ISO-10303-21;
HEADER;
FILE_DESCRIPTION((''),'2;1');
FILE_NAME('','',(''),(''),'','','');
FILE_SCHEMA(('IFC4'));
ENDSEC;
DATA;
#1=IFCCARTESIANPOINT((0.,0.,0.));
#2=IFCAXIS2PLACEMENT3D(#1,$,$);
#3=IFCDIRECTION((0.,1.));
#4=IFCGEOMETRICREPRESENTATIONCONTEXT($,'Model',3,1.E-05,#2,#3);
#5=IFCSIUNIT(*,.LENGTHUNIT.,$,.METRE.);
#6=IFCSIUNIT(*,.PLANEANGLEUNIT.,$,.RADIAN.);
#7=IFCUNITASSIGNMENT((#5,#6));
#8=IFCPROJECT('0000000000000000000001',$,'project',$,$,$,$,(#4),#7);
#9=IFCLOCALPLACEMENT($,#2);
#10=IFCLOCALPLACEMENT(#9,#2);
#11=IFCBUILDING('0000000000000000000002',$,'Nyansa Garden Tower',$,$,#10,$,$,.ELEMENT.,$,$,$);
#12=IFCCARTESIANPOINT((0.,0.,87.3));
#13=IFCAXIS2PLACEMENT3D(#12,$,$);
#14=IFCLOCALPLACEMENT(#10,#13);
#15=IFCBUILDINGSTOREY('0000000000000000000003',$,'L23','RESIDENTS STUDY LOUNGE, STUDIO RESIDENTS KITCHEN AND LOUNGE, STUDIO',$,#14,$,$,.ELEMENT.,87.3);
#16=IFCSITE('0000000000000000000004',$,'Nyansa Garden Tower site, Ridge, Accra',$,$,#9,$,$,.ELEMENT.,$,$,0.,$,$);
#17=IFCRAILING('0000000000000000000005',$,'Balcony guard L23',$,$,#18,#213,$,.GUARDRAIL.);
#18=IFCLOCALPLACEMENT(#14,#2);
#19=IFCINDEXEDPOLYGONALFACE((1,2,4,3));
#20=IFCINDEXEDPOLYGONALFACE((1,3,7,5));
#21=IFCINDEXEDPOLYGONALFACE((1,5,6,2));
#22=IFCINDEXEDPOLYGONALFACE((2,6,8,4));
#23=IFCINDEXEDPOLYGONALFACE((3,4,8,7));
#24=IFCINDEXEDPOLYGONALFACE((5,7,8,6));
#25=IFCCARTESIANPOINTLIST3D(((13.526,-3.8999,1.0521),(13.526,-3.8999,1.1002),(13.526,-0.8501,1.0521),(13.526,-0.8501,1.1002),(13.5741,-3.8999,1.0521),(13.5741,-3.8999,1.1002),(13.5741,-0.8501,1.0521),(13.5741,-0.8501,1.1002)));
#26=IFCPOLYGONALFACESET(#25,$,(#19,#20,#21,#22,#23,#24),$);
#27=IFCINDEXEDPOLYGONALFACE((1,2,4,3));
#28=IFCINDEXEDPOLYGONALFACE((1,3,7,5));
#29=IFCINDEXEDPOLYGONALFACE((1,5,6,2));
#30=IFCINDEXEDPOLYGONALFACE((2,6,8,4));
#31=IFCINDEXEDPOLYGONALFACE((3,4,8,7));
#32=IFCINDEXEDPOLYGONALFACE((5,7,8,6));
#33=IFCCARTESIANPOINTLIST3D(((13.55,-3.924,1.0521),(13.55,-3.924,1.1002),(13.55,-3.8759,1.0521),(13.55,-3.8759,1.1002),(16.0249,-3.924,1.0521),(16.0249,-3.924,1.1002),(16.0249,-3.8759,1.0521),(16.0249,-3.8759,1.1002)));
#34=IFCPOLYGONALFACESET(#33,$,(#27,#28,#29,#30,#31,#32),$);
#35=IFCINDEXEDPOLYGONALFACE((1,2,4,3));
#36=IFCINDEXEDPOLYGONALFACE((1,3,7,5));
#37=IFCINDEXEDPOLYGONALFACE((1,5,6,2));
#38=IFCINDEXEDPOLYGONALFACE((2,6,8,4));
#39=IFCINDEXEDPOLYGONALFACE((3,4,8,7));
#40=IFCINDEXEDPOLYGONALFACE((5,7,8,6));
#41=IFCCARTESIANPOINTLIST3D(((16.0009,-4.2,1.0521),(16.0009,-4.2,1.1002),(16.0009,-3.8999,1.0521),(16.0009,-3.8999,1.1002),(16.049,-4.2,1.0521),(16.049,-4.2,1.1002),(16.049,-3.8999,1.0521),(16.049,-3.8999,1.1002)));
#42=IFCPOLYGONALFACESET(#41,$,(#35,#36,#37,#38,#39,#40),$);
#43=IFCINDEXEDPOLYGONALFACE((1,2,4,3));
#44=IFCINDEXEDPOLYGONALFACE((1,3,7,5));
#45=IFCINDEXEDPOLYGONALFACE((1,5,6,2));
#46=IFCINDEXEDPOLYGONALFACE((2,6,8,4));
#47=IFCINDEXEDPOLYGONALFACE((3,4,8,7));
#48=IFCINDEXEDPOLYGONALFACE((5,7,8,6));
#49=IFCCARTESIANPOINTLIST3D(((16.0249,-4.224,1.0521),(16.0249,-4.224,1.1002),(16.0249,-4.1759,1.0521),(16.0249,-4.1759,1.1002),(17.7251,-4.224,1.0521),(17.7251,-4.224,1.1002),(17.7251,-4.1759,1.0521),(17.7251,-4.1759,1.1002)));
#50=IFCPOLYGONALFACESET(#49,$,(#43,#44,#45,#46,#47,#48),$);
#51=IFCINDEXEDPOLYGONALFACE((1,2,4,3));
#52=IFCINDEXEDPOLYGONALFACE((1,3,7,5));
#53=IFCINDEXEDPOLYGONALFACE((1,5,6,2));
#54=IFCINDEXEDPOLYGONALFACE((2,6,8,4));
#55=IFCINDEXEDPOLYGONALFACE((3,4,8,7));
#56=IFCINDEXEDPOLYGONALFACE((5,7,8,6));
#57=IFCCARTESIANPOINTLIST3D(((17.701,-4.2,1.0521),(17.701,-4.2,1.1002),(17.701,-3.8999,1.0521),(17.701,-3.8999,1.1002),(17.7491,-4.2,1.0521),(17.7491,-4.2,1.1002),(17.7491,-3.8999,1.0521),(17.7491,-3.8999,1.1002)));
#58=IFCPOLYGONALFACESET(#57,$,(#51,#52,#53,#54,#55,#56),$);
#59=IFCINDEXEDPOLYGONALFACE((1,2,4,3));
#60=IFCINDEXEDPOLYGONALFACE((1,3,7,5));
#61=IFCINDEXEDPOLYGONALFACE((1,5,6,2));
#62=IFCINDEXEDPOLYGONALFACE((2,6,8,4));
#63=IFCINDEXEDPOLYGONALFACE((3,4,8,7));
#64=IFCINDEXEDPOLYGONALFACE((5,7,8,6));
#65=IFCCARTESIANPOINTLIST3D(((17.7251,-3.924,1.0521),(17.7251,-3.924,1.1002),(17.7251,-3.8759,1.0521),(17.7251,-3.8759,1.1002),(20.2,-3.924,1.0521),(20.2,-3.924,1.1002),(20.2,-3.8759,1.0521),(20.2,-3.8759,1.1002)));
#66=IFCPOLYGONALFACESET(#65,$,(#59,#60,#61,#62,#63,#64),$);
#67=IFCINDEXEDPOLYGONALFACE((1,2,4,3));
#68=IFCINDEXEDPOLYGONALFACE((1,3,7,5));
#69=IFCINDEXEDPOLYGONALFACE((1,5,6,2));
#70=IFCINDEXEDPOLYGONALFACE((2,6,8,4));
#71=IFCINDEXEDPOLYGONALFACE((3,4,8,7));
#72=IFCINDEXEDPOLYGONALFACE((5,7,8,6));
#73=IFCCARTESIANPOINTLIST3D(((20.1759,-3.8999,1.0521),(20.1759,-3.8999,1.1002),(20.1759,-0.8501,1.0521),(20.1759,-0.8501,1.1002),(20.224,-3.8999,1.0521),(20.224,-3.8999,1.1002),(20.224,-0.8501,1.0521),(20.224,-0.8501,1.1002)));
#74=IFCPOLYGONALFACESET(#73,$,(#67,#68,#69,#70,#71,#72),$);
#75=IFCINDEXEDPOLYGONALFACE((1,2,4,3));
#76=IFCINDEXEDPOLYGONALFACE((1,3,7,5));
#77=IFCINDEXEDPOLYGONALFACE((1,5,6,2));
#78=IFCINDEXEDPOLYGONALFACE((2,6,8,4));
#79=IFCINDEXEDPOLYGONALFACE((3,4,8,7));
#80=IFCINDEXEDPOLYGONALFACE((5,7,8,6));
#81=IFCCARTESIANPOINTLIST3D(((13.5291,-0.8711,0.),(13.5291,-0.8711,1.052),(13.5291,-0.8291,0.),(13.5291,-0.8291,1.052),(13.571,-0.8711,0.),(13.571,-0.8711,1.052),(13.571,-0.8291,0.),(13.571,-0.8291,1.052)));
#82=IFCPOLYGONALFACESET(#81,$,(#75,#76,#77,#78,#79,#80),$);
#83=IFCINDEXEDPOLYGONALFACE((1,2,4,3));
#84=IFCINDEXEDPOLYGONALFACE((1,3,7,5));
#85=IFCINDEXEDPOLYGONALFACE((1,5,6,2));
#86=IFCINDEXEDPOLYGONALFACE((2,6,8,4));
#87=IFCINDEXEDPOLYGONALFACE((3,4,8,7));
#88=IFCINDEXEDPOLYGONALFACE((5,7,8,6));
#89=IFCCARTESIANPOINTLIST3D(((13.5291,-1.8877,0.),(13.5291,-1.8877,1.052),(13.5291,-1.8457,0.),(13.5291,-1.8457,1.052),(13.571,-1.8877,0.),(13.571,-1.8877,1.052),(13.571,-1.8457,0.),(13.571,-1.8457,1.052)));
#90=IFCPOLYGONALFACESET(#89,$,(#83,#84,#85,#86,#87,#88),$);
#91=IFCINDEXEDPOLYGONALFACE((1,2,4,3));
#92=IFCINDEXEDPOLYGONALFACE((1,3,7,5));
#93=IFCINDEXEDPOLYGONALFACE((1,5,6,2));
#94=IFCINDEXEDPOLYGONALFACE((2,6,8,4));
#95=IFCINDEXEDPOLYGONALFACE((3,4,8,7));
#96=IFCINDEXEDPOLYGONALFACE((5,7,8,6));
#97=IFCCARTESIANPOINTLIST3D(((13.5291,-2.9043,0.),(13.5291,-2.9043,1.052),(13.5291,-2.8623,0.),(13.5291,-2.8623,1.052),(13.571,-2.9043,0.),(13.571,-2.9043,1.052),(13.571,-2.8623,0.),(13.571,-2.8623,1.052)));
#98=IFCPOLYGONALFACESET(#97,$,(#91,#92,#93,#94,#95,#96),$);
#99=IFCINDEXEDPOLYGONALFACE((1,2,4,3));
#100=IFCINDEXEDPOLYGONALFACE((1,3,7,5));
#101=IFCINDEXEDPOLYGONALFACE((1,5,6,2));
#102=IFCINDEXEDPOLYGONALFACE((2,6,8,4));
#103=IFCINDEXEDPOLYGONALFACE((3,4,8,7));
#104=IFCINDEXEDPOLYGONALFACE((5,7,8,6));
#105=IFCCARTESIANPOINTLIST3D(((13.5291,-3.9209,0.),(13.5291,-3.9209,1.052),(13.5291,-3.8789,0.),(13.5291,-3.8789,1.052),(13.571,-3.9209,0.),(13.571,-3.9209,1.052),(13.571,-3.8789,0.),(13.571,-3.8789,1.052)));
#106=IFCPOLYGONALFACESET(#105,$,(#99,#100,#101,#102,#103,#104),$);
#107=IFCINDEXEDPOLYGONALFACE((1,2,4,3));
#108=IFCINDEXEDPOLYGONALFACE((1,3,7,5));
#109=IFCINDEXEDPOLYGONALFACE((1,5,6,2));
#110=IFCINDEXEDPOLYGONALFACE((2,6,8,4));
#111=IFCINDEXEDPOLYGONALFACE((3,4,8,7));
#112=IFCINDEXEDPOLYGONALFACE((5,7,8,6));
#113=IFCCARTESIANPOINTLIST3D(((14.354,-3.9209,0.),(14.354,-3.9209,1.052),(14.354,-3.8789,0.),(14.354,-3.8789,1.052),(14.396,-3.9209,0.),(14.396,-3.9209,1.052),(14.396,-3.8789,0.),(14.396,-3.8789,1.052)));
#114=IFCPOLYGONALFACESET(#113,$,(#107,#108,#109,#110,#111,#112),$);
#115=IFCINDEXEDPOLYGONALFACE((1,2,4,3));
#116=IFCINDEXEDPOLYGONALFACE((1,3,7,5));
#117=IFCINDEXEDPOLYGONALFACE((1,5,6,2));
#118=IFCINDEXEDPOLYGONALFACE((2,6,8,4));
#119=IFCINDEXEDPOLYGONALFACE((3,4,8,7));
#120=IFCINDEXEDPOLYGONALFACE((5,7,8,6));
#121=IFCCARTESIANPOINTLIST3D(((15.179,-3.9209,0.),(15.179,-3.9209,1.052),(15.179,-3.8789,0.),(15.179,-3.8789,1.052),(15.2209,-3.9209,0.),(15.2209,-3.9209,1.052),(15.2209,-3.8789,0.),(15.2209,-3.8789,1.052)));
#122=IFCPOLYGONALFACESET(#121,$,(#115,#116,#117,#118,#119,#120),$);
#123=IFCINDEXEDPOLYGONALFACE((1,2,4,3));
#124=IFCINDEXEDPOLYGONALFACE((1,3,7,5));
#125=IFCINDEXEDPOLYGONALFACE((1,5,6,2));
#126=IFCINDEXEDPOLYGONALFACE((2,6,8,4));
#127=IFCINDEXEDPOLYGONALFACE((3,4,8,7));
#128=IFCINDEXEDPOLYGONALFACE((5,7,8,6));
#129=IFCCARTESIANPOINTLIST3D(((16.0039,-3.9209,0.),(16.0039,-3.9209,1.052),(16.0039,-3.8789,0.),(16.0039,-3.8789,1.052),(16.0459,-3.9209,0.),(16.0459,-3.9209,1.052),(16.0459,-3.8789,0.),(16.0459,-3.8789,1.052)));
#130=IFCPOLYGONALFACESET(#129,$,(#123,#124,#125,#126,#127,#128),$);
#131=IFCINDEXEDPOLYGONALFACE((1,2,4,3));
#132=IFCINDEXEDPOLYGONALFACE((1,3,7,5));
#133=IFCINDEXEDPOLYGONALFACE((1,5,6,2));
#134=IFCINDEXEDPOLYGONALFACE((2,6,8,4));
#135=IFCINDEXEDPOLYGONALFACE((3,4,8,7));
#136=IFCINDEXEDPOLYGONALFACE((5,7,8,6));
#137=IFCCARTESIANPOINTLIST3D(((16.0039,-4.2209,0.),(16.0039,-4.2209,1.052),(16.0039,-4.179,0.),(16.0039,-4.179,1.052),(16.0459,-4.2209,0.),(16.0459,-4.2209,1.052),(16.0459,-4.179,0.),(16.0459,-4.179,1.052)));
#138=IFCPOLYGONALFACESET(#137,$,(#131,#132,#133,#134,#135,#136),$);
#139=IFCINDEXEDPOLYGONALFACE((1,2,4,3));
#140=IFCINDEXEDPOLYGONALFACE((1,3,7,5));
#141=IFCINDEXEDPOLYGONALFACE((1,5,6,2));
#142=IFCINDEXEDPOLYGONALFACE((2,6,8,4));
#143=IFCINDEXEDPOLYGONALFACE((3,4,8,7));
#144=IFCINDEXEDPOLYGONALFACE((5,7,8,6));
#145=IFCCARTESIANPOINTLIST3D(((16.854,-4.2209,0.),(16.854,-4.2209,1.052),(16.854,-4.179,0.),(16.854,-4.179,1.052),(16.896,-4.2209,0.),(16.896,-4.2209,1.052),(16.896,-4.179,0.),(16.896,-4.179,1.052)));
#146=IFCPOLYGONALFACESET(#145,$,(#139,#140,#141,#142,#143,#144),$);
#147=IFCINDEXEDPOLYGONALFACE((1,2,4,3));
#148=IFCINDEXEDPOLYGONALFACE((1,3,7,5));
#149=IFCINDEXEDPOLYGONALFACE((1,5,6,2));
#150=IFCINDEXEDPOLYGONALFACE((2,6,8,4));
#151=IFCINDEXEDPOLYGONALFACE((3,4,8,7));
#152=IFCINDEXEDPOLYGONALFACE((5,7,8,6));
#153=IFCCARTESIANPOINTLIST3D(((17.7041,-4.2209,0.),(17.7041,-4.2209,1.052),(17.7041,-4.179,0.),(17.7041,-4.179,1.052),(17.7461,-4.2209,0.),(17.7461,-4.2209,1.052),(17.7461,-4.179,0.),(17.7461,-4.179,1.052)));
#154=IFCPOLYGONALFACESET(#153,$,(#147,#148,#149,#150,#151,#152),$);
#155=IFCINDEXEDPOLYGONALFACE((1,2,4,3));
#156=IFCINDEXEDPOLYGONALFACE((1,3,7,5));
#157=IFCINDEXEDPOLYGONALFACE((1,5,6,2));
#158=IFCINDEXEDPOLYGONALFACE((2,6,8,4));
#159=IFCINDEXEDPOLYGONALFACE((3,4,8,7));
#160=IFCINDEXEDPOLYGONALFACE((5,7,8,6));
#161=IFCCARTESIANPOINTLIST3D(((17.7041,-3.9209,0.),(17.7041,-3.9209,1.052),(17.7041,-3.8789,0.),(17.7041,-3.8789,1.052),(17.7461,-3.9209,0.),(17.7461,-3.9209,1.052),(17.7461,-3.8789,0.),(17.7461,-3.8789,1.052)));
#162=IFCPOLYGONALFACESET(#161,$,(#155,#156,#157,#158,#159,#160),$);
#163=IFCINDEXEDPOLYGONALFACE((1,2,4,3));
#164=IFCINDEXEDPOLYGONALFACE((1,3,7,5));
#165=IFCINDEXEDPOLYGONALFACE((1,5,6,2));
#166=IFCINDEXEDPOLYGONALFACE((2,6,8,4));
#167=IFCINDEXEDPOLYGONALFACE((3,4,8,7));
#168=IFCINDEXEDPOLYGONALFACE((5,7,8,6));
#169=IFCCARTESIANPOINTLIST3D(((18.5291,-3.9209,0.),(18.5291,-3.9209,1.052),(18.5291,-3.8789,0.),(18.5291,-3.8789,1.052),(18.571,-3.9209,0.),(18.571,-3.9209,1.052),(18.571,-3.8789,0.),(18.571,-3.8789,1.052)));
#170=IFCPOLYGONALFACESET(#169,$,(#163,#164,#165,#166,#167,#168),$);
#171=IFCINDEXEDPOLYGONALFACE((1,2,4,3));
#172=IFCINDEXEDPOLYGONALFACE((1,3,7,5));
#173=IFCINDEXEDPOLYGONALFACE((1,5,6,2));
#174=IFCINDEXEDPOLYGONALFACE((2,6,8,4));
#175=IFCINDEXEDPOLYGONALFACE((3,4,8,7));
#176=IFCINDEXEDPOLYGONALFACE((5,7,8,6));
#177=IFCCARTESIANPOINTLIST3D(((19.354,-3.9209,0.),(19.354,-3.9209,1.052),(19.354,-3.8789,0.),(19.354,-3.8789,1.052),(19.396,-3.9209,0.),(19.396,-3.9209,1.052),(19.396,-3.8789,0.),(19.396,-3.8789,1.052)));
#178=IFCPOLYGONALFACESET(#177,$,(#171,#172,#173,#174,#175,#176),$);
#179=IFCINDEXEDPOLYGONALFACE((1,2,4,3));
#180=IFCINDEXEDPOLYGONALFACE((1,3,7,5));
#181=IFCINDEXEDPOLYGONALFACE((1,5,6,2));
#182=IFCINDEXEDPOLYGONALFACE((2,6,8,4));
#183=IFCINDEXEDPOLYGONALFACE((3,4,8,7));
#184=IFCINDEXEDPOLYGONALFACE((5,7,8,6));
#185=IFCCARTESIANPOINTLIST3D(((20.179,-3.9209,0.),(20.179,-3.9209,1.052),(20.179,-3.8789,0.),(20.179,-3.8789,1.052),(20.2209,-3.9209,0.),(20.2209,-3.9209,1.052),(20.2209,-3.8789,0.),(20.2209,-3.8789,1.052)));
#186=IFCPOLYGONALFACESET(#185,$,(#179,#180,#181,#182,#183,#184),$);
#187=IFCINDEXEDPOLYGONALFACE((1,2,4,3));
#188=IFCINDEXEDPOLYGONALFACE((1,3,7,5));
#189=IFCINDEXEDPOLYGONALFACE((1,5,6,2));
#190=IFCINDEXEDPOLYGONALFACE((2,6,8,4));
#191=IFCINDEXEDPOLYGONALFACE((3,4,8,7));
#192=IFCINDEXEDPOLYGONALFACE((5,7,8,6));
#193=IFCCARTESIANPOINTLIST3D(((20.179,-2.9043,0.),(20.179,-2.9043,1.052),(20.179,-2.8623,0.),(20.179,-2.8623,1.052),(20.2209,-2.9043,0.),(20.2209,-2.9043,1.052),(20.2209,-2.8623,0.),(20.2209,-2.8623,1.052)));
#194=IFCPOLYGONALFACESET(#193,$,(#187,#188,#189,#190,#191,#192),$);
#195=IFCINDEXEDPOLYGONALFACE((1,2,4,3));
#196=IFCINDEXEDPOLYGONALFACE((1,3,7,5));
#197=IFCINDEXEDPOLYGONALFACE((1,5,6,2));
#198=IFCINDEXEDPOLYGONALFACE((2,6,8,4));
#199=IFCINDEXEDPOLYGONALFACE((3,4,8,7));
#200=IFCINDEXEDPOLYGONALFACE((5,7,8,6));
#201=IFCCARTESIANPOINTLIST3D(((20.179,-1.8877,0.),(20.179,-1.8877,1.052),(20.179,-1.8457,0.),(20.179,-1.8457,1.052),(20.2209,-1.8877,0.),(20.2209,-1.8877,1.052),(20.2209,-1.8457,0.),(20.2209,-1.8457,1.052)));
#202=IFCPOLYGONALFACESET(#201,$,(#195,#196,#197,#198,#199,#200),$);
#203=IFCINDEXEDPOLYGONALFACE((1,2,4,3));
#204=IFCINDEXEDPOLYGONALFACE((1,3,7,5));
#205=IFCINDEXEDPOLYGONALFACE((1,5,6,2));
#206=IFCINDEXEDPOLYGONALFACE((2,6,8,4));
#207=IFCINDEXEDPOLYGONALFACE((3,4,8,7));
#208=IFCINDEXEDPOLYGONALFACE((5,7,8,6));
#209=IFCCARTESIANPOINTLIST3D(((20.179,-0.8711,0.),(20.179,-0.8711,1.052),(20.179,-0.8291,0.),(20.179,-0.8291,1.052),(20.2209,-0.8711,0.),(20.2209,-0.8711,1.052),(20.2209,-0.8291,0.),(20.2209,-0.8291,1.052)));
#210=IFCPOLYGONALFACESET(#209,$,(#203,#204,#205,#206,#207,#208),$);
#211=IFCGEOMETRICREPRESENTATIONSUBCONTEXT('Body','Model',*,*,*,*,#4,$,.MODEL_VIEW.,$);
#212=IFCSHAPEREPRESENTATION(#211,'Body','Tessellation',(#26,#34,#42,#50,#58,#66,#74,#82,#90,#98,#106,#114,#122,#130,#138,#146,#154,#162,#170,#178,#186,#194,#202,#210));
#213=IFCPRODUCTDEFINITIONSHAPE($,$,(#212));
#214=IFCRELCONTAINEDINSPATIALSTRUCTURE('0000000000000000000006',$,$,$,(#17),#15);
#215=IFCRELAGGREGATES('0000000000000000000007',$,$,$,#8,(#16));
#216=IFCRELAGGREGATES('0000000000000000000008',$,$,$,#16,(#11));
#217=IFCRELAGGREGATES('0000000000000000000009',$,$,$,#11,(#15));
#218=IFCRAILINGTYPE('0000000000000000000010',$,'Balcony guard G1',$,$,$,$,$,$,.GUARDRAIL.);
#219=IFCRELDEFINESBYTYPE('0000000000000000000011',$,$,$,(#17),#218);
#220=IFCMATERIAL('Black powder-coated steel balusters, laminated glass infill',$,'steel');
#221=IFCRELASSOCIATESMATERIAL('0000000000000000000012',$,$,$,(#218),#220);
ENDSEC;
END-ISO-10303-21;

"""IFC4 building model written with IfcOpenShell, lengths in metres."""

from ifc_helpers import new_model, si_unit, direction, frame, origin, origin_2d, place, context, subcontext, project, spatial, rectangle, extrude, material, type_object, element, save


model = new_model("IFC4")

# Units and contexts
model_context = context("Model", 3, precision=1e-05, world=origin(), true_north=direction((0.0, 1.0)))
body_context = subcontext(model_context, "Body", "Model", "MODEL_VIEW")
ifc_project = project(units=[si_unit("LENGTHUNIT", "METRE"), si_unit("PLANEANGLEUNIT", "RADIAN")], contexts=[model_context])

# Site, building, storey
site_placement = place(None, origin())
site = spatial("IfcSite", under=ifc_project, at=site_placement, Name="Nyansa Garden Tower site, Ridge, Accra", CompositionType="ELEMENT", RefElevation=0.0)
building_placement = place(site_placement, origin())
building = spatial("IfcBuilding", under=site, at=building_placement, Name="Nyansa Garden Tower", CompositionType="ELEMENT")
storey_placement = place(building_placement, frame((0.0, 0.0, 87.3)))
storey = spatial("IfcBuildingStorey", under=building, at=storey_placement, Name="L23", Description="RESIDENTS STUDY LOUNGE, STUDIO RESIDENTS KITCHEN AND LOUNGE, STUDIO", CompositionType="ELEMENT", Elevation=87.3)

# Railing
ifc_material_1 = material(Name="Black powder-coated steel balusters, laminated glass infill", Category="steel")
railing_type = type_object("IfcRailingType", Name="Balcony guard G1", PredefinedType="GUARDRAIL", material=ifc_material_1)
railing_placement = place(storey_placement, frame((13.55, -0.8501, 0.0)))
element("IfcRailing", 1, at=railing_placement, inside=storey, type_object=railing_type, Name="Balcony guard L23", PredefinedType="GUARDRAIL", context=body_context, shape_type="SweptSolid", body=[
    extrude(rectangle(XDim=0.0481, YDim=0.0481, at=origin_2d()), frame((0.0, 0.0, 1.0762), z_axis=(0.0, -1.0, 0.0), x_axis=(1.0, 0.0, 0.0)), (0.0, 0.0, 1.0), 3.0498),
    extrude(rectangle(XDim=0.0481, YDim=0.0481, at=origin_2d()), frame((0.0, -3.0498, 1.0762), z_axis=(1.0, 0.0, 0.0), x_axis=(0.0, 1.0, 0.0)), (0.0, 0.0, 1.0), 2.4749),
    extrude(rectangle(XDim=0.0481, YDim=0.0481, at=origin_2d()), frame((2.4749, -3.0498, 1.0762), z_axis=(0.0, -1.0, 0.0), x_axis=(1.0, 0.0, 0.0)), (0.0, 0.0, 1.0), 0.3),
    extrude(rectangle(XDim=0.0481, YDim=0.0481, at=origin_2d()), frame((2.4749, -3.3499, 1.0762), z_axis=(1.0, 0.0, 0.0), x_axis=(0.0, 1.0, 0.0)), (0.0, 0.0, 1.0), 1.7002),
    extrude(rectangle(XDim=0.0481, YDim=0.0481, at=origin_2d()), frame((4.175, -3.3499, 1.0762), z_axis=(0.0, 1.0, 0.0), x_axis=(-1.0, 0.0, 0.0)), (0.0, 0.0, 1.0), 0.3),
    extrude(rectangle(XDim=0.0481, YDim=0.0481, at=origin_2d()), frame((4.175, -3.0498, 1.0762), z_axis=(1.0, 0.0, 0.0), x_axis=(0.0, 1.0, 0.0)), (0.0, 0.0, 1.0), 2.4749),
    extrude(rectangle(XDim=0.0481, YDim=0.0481, at=origin_2d()), frame((6.6499, -3.0498, 1.0762), z_axis=(0.0, 1.0, 0.0), x_axis=(-1.0, 0.0, 0.0)), (0.0, 0.0, 1.0), 3.0498),
    extrude(rectangle(XDim=0.042, YDim=0.042, at=origin_2d()), origin(), (0.0, 0.0, 1.0), 1.052),
    extrude(rectangle(XDim=0.042, YDim=0.042, at=origin_2d()), frame((0.0, -1.0166, 0.0)), (0.0, 0.0, 1.0), 1.052),
    extrude(rectangle(XDim=0.042, YDim=0.042, at=origin_2d()), frame((0.0, -2.0332, 0.0)), (0.0, 0.0, 1.0), 1.052),
    extrude(rectangle(XDim=0.042, YDim=0.042, at=origin_2d()), frame((0.0, -3.0498, 0.0)), (0.0, 0.0, 1.0), 1.052),
    extrude(rectangle(XDim=0.042, YDim=0.042, at=origin_2d()), frame((0.825, -3.0498, 0.0)), (0.0, 0.0, 1.0), 1.052),
    extrude(rectangle(XDim=0.042, YDim=0.042, at=origin_2d()), frame((1.6499, -3.0498, 0.0)), (0.0, 0.0, 1.0), 1.052),
    extrude(rectangle(XDim=0.042, YDim=0.042, at=origin_2d()), frame((2.4749, -3.0498, 0.0)), (0.0, 0.0, 1.0), 1.052),
    extrude(rectangle(XDim=0.042, YDim=0.042, at=origin_2d()), frame((2.4749, -3.3499, 0.0)), (0.0, 0.0, 1.0), 1.052),
    extrude(rectangle(XDim=0.042, YDim=0.042, at=origin_2d()), frame((3.325, -3.3499, 0.0)), (0.0, 0.0, 1.0), 1.052),
    extrude(rectangle(XDim=0.042, YDim=0.042, at=origin_2d()), frame((4.175, -3.3499, 0.0)), (0.0, 0.0, 1.0), 1.052),
    extrude(rectangle(XDim=0.042, YDim=0.042, at=origin_2d()), frame((4.175, -3.0498, 0.0)), (0.0, 0.0, 1.0), 1.052),
    extrude(rectangle(XDim=0.042, YDim=0.042, at=origin_2d()), frame((5.0, -3.0498, 0.0)), (0.0, 0.0, 1.0), 1.052),
    extrude(rectangle(XDim=0.042, YDim=0.042, at=origin_2d()), frame((5.825, -3.0498, 0.0)), (0.0, 0.0, 1.0), 1.052),
    extrude(rectangle(XDim=0.042, YDim=0.042, at=origin_2d()), frame((6.6499, -3.0498, 0.0)), (0.0, 0.0, 1.0), 1.052),
    extrude(rectangle(XDim=0.042, YDim=0.042, at=origin_2d()), frame((6.6499, -2.0332, 0.0)), (0.0, 0.0, 1.0), 1.052),
    extrude(rectangle(XDim=0.042, YDim=0.042, at=origin_2d()), frame((6.6499, -1.0166, 0.0)), (0.0, 0.0, 1.0), 1.052),
    extrude(rectangle(XDim=0.042, YDim=0.042, at=origin_2d()), frame((6.6499, 0.0, 0.0)), (0.0, 0.0, 1.0), 1.052),
])

save(model, "model.ifc")
